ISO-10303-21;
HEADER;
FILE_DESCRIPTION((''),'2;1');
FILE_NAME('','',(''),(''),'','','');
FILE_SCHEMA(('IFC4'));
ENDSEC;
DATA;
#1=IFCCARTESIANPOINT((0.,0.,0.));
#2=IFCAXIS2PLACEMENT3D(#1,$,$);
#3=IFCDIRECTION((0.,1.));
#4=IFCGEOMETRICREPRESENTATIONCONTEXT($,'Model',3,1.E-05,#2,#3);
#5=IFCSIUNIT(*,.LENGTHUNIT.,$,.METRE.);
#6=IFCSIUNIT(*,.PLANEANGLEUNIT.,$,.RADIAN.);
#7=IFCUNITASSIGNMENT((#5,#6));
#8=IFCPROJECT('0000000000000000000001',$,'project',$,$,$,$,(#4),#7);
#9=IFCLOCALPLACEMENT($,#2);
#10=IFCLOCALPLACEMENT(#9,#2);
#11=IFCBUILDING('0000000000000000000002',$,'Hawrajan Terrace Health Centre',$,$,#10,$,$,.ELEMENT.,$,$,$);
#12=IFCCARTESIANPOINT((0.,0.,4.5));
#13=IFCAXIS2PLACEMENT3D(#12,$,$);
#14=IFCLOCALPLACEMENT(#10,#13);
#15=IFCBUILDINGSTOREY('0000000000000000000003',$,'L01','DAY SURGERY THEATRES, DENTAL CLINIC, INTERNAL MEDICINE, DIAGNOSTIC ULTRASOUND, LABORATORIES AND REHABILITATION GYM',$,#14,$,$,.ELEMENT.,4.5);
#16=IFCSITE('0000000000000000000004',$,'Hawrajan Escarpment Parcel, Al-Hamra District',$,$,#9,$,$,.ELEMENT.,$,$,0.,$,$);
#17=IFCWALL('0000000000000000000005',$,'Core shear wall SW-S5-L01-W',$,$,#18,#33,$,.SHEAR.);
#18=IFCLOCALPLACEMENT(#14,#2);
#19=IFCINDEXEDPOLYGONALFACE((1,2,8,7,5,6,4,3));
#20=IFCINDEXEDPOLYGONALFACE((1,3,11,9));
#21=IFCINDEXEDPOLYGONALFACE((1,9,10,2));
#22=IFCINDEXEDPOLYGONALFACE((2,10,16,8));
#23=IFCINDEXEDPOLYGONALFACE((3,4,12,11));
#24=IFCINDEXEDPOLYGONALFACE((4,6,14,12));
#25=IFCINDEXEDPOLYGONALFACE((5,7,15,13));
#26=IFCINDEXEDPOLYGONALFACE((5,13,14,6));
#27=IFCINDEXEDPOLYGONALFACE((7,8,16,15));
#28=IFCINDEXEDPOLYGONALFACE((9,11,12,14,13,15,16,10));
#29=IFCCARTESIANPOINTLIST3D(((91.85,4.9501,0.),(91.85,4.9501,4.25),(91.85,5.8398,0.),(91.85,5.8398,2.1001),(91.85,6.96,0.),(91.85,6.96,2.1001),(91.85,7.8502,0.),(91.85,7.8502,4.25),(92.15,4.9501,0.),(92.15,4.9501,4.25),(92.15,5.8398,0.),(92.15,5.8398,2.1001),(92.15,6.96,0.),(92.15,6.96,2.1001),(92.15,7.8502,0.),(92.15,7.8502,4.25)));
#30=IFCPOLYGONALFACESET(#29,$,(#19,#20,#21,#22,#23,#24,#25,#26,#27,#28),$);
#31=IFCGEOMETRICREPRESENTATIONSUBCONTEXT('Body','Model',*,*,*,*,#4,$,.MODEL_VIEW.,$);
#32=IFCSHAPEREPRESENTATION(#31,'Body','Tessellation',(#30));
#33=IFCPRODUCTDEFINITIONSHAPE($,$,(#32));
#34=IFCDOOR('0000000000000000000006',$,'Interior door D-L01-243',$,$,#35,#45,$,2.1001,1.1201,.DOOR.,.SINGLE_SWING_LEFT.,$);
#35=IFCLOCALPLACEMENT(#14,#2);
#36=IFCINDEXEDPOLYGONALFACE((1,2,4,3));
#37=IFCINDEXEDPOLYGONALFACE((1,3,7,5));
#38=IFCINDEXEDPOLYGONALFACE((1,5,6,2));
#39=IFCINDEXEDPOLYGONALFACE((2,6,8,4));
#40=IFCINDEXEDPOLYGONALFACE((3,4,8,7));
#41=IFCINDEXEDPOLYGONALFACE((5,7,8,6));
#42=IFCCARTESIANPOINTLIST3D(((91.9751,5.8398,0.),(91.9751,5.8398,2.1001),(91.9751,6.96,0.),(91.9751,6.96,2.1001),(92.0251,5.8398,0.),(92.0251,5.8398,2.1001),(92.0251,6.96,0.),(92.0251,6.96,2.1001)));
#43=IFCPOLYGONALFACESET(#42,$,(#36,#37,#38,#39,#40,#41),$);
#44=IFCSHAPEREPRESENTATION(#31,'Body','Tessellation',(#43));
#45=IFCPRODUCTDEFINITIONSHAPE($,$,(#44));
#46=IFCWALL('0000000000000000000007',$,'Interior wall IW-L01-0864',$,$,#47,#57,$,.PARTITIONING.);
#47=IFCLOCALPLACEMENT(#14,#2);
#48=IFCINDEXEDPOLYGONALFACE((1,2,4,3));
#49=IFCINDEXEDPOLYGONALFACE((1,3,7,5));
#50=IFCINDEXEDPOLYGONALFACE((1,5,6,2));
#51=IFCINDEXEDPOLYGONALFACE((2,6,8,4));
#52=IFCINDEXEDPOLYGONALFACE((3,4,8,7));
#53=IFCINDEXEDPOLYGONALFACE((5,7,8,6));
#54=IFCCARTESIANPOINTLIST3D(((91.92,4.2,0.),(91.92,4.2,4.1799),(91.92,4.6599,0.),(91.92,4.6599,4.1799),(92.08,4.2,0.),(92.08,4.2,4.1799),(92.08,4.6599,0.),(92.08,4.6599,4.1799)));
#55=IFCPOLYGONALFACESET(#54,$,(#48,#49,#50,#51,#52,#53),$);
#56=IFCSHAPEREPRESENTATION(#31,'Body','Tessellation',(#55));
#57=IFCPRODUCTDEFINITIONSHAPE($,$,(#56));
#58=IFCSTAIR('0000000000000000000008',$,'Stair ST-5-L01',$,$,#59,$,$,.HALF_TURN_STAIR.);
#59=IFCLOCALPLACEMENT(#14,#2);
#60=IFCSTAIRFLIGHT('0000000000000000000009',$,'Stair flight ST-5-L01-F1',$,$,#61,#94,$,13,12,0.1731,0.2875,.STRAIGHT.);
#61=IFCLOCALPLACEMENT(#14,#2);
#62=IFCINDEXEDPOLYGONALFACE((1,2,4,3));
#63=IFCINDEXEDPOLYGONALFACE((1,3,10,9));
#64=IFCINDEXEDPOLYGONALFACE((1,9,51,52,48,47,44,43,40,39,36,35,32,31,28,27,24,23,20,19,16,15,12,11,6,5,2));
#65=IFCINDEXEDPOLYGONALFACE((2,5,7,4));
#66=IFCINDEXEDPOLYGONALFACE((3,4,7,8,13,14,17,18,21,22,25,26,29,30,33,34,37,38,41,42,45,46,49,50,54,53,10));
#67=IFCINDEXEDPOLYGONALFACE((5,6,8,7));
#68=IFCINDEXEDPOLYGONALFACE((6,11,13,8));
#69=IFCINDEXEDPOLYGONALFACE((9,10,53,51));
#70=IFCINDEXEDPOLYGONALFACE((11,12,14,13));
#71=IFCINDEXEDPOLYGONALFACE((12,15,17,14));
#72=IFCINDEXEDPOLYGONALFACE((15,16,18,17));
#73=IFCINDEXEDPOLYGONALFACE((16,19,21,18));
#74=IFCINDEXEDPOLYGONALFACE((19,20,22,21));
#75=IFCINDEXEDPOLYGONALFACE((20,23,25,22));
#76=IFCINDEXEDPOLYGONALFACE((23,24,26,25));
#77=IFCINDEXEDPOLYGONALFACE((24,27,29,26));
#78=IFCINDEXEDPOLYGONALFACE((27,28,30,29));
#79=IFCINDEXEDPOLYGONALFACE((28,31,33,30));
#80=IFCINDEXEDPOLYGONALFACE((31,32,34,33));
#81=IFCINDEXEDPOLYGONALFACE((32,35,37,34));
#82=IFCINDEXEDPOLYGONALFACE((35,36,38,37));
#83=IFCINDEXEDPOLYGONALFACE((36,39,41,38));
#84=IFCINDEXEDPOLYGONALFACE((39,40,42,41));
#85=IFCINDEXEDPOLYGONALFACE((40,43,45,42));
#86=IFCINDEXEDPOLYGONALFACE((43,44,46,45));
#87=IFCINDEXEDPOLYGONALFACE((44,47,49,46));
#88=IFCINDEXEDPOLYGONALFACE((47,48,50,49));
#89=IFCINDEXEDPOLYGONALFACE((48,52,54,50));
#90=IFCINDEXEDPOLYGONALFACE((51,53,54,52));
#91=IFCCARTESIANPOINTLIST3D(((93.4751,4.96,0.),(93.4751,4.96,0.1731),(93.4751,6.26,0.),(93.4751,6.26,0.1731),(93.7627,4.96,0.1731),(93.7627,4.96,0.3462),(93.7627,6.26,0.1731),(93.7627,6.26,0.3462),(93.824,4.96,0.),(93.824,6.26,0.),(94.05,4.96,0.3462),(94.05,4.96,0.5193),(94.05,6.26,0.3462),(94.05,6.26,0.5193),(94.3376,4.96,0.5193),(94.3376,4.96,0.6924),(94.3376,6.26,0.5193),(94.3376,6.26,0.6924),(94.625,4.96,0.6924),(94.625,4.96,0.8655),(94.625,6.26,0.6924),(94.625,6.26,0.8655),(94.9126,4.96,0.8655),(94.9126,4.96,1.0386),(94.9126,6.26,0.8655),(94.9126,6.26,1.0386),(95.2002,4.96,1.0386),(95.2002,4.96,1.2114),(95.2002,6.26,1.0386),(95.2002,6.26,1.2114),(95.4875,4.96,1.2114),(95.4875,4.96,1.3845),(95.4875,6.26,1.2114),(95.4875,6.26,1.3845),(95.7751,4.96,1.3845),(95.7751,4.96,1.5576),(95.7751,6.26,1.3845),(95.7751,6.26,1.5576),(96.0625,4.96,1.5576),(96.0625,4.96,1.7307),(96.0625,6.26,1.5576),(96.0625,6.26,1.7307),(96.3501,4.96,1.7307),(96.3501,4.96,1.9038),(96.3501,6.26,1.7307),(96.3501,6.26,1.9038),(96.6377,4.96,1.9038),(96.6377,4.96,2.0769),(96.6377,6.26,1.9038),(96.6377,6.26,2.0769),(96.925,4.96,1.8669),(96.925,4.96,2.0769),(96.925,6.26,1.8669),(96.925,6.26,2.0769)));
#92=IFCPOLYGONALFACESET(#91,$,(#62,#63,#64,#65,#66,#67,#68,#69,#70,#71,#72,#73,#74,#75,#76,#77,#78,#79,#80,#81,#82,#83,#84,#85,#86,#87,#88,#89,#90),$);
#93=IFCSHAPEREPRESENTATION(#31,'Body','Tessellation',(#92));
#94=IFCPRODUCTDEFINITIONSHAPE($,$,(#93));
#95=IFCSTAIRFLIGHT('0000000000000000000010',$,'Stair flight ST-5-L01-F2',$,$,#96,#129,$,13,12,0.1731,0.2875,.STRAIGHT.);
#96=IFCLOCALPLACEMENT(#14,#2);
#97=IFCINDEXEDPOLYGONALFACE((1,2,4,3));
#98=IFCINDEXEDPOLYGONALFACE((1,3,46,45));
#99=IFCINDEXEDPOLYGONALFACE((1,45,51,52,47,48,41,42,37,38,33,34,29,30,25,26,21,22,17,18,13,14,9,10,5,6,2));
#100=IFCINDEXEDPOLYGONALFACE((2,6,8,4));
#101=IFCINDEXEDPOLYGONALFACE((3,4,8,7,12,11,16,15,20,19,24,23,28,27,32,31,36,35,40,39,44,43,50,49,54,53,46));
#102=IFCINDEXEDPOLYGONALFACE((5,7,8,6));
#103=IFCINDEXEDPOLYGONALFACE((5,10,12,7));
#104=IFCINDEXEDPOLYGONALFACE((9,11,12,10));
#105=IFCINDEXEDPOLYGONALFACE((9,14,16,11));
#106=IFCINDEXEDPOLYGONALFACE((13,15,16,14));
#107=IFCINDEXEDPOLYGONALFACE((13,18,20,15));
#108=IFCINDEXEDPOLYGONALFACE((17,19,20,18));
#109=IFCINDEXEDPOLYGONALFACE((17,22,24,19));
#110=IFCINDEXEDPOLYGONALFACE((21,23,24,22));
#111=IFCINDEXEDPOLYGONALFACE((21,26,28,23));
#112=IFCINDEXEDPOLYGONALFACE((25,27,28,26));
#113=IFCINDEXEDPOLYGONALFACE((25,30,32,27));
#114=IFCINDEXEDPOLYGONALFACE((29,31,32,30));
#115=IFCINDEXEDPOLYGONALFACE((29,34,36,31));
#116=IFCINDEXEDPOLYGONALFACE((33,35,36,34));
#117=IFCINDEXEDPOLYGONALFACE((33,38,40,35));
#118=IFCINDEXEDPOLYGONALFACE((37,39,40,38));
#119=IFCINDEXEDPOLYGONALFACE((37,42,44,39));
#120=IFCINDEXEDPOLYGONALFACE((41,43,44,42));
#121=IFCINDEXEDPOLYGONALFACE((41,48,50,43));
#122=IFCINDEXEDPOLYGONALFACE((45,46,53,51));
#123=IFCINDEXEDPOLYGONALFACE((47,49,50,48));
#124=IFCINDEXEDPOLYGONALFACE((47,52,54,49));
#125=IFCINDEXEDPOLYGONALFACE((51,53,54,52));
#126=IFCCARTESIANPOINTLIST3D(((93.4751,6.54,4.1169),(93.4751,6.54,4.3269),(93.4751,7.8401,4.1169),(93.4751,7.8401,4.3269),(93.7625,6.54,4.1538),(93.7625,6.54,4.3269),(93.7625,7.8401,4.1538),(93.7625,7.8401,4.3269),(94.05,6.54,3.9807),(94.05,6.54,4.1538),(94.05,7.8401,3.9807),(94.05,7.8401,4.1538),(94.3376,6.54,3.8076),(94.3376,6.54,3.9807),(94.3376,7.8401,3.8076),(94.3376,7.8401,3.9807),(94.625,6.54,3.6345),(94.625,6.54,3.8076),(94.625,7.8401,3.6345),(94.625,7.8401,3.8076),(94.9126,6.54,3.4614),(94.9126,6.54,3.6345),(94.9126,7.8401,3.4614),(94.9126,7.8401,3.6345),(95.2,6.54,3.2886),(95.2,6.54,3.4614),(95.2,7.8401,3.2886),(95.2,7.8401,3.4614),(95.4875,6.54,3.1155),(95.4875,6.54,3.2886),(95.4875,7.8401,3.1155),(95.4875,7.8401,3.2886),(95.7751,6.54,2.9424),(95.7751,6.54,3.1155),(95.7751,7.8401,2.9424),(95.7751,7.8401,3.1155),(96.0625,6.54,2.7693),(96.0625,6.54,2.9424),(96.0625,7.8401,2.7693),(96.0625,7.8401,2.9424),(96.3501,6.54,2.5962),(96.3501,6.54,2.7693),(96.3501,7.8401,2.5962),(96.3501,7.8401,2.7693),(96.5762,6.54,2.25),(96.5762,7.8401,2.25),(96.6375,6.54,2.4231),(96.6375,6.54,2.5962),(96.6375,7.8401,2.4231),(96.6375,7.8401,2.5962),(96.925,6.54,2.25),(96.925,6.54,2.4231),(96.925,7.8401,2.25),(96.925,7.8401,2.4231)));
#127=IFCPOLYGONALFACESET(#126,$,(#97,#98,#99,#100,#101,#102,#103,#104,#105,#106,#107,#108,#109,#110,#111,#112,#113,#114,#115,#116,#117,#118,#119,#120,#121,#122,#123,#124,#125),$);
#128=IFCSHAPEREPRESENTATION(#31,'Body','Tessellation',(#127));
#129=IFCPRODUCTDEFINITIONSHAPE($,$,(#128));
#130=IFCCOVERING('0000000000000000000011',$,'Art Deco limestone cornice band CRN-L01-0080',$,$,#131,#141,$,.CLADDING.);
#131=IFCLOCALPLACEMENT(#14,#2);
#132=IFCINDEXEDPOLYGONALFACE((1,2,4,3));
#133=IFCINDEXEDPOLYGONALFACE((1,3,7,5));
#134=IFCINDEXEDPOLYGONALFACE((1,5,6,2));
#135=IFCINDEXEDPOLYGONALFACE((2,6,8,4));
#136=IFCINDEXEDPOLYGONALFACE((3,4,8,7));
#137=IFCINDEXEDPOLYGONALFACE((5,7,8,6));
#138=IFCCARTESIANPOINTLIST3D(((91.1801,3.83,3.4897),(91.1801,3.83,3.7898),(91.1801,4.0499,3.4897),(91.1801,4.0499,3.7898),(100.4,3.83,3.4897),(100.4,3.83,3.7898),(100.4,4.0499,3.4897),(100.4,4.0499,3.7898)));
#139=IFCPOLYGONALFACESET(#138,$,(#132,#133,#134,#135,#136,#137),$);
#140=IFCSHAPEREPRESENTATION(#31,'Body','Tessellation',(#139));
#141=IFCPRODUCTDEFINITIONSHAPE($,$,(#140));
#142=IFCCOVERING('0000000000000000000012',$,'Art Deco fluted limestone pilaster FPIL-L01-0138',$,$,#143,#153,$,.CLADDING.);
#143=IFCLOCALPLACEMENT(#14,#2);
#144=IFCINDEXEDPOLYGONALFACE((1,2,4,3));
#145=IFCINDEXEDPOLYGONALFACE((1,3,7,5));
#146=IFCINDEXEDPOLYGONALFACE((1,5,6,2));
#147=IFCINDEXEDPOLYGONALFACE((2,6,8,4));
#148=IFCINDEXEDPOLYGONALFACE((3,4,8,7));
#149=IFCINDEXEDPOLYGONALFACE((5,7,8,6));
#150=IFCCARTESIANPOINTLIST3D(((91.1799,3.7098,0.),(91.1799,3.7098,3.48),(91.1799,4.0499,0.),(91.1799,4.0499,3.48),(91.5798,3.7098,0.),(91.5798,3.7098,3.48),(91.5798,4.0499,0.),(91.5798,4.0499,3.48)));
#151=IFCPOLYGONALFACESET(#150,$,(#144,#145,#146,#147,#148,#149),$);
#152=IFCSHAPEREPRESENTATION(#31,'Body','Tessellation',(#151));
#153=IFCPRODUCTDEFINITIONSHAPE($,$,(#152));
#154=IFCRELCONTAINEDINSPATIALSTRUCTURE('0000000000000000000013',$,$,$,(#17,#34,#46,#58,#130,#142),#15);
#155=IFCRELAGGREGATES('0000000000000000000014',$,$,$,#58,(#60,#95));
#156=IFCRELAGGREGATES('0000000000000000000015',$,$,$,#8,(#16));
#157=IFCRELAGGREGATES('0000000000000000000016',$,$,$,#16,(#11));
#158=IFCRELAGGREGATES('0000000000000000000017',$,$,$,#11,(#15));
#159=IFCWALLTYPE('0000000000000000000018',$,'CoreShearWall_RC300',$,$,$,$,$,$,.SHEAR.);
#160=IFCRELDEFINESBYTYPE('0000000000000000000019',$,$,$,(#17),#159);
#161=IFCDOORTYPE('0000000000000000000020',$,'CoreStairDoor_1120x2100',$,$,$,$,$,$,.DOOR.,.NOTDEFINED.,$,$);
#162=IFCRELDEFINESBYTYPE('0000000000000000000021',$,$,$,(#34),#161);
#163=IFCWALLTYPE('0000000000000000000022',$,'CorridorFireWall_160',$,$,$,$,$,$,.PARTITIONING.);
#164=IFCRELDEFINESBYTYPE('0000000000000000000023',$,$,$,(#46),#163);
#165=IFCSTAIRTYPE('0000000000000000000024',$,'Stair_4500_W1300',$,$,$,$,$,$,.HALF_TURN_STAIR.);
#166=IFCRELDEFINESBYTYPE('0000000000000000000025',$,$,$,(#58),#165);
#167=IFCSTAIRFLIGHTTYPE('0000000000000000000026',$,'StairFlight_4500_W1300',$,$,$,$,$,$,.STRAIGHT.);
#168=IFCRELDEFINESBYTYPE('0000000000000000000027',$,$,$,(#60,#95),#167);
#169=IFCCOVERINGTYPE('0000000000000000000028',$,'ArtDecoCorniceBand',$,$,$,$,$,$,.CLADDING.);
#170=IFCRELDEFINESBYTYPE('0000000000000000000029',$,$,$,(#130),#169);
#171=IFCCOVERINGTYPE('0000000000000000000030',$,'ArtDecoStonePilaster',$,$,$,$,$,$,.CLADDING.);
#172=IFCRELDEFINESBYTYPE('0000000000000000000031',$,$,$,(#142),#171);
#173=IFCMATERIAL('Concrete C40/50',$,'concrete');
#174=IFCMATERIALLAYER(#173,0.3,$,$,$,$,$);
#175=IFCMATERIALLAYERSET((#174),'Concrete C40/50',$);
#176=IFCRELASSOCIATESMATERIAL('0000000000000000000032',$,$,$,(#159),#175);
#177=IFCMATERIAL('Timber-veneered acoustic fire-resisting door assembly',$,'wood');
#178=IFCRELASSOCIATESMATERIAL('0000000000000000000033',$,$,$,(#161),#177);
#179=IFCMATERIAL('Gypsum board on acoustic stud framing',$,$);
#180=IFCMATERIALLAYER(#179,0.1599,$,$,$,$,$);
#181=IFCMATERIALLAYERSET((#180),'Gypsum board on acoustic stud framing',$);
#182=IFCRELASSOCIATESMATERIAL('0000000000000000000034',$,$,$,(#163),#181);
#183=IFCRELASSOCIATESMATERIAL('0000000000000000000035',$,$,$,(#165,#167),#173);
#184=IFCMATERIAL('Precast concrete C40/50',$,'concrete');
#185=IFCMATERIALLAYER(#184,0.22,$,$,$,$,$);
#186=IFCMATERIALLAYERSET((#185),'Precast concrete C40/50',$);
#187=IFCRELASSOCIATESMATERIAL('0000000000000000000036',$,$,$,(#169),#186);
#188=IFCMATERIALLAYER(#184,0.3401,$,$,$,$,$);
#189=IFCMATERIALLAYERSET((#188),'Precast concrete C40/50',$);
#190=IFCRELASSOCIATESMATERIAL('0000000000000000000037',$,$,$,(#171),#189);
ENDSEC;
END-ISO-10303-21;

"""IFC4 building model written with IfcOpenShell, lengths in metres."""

from ifc_helpers import new_model, si_unit, direction, frame, frame_2d, origin, origin_2d, place, context, subcontext, project, spatial, polyline, rectangle, outline, extrude, material, layer, layer_set, type_object, element, fill, aggregate, save


model = new_model("IFC4")

# Units and contexts
model_context = context("Model", 3, precision=1e-05, world=origin(), true_north=direction((0.0, 1.0)))
body_context = subcontext(model_context, "Body", "Model", "MODEL_VIEW")
ifc_project = project(units=[si_unit("LENGTHUNIT", "METRE"), si_unit("PLANEANGLEUNIT", "RADIAN")], contexts=[model_context])

# Site, building, storey
site_placement = place(None, origin())
site = spatial("IfcSite", under=ifc_project, at=site_placement, Name="Hawrajan Escarpment Parcel, Al-Hamra District", CompositionType="ELEMENT", RefElevation=0.0)
building_placement = place(site_placement, origin())
building = spatial("IfcBuilding", under=site, at=building_placement, Name="Hawrajan Terrace Health Centre", CompositionType="ELEMENT")
storey_placement = place(building_placement, frame((0.0, 0.0, 4.5)))
storey = spatial("IfcBuildingStorey", under=building, at=storey_placement, Name="L01", Description="DAY SURGERY THEATRES, DENTAL CLINIC, INTERNAL MEDICINE, DIAGNOSTIC ULTRASOUND, LABORATORIES AND REHABILITATION GYM", CompositionType="ELEMENT", Elevation=4.5)

# Shared definitions
ifc_material_1 = material(Name="Concrete C40/50", Category="concrete")

# Shared definitions
ifc_material_2 = material(Name="Gypsum board on acoustic stud framing")

# Shared definitions
ifc_material_3 = material(Name="Precast concrete C40/50", Category="concrete")
ifc_layer_1 = layer(ifc_material_1, 0.3)
ifc_layer_set_1 = layer_set([ifc_layer_1], Name="Concrete C40/50")
wall_type_1 = type_object("IfcWallType", Name="CoreShearWall_RC300", PredefinedType="SHEAR", material=ifc_layer_set_1)

# Wall, opening, door
wall_1_placement = place(storey_placement, frame((92.0, 4.95, 0.0), z_axis=(0.0, 0.0, 1.0), x_axis=(0.0, 1.0, 0.0)))
wall_1 = element("IfcWall", 1, at=wall_1_placement, inside=storey, type_object=wall_type_1, Name="Core shear wall SW-S5-L01-W", PredefinedType="SHEAR", context=body_context, shape_type="SweptSolid", body=[
    extrude(rectangle(XDim=2.9001, YDim=0.3, at=frame_2d((1.4502, 0.0))), origin(), (0.0, 0.0, 1.0), 4.25),
])
opening_1_placement = place(wall_1_placement, frame((0.8899, 0.0, 0.0)))
opening_1 = element("IfcOpeningElement", 2, at=opening_1_placement, cuts=wall_1, PredefinedType="OPENING", context=body_context, shape_type="SweptSolid", body=[
    extrude(rectangle(XDim=1.1201, YDim=2.1001, at=frame_2d((0.5601, 1.05))), frame((0.0, 0.1599, 0.0), z_axis=(0.0, -1.0, 0.0), x_axis=(1.0, 0.0, 0.0)), (0.0, 0.0, 1.0), 0.3201),
])
ifc_material_4 = material(Name="Timber-veneered acoustic fire-resisting door assembly", Category="wood")
door_type_1 = type_object("IfcDoorType", Name="CoreStairDoor_1120x2100", OperationType="NOTDEFINED", PredefinedType="DOOR", material=ifc_material_4)
door_1_placement = place(opening_1_placement, origin())
door_1 = element("IfcDoor", 3, at=door_1_placement, inside=storey, type_object=door_type_1, Name="Interior door D-L01-243", OperationType="SINGLE_SWING_LEFT", OverallHeight=2.1001, OverallWidth=1.1201, PredefinedType="DOOR", context=body_context, shape_type="SweptSolid", body=[
    extrude(rectangle(XDim=1.1201, YDim=2.1001, at=frame_2d((0.5601, 1.05))), frame((0.0, 0.0249, 0.0), z_axis=(0.0, -1.0, 0.0), x_axis=(1.0, 0.0, 0.0)), (0.0, 0.0, 1.0), 0.05),
])
fill(opening_1, door_1)

# Wall
ifc_layer_2 = layer(ifc_material_2, 0.1599)
ifc_layer_set_2 = layer_set([ifc_layer_2], Name="Gypsum board on acoustic stud framing")
wall_type_2 = type_object("IfcWallType", Name="CorridorFireWall_160", PredefinedType="PARTITIONING", material=ifc_layer_set_2)
wall_2_placement = place(storey_placement, frame((92.0, 4.2, 0.0), z_axis=(0.0, 0.0, 1.0), x_axis=(0.0, 1.0, 0.0)))
element("IfcWall", 4, at=wall_2_placement, inside=storey, type_object=wall_type_2, Name="Interior wall IW-L01-0864", PredefinedType="PARTITIONING", context=body_context, shape_type="SweptSolid", body=[
    extrude(rectangle(XDim=0.46, YDim=0.1599, at=frame_2d((0.23, 0.0))), origin(), (0.0, 0.0, 1.0), 4.1799),
])

# Stair, stair flights
stair_type = type_object("IfcStairType", Name="Stair_4500_W1300", PredefinedType="HALF_TURN_STAIR", material=ifc_material_1)
stair_placement = place(storey_placement, origin())
stair = element("IfcStair", 5, at=stair_placement, inside=storey, type_object=stair_type, Name="Stair ST-5-L01", PredefinedType="HALF_TURN_STAIR")
stair_flight_type = type_object("IfcStairFlightType", Name="StairFlight_4500_W1300", PredefinedType="STRAIGHT", material=ifc_material_1)
stair_flight_1_placement = place(storey_placement, frame((93.4751, 5.6101, 0.0), z_axis=(0.0, 0.0, 1.0), x_axis=(1.0, 0.0, 0.0)))
stair_flight_1 = element("IfcStairFlight", 6, at=stair_flight_1_placement, type_object=stair_flight_type, Name="Stair flight ST-5-L01-F1", NumberOfRisers=13, NumberOfTreads=12, PredefinedType="STRAIGHT", RiserHeight=0.1731, TreadLength=0.2875, context=body_context, shape_type="SweptSolid", body=[
    extrude(outline(polyline([(0.0, 0.0), (0.0, 0.1731), (0.2876, 0.1731), (0.2876, 0.3462), (0.575, 0.3462), (0.575, 0.5193), (0.8625, 0.5193), (0.8625, 0.6924), (1.1499, 0.6924), (1.1499, 0.8655), (1.4375, 0.8655), (1.4375, 1.0386), (1.7251, 1.0386), (1.7251, 1.2114), (2.0125, 1.2114), (2.0125, 1.3845), (2.3, 1.3845), (2.3, 1.5576), (2.5874, 1.5576), (2.5874, 1.7307), (2.875, 1.7307), (2.875, 1.9038), (3.1626, 1.9038), (3.1626, 2.0769), (3.45, 2.0769), (3.45, 2.25), (3.45, 1.8669), (0.3489, 0.0), (0.0, 0.0)])), frame((0.0, 0.6499, 0.0), z_axis=(0.0, -1.0, 0.0), x_axis=(1.0, 0.0, 0.0)), (0.0, 0.0, 1.0), 1.3),
])
stair_flight_2_placement = place(storey_placement, frame((96.925, 7.1899, 2.25), z_axis=(0.0, 0.0, 1.0), x_axis=(-1.0, 0.0, 0.0)))
stair_flight_2 = element("IfcStairFlight", 7, at=stair_flight_2_placement, type_object=stair_flight_type, Name="Stair flight ST-5-L01-F2", NumberOfRisers=13, NumberOfTreads=12, PredefinedType="STRAIGHT", RiserHeight=0.1731, TreadLength=0.2875, context=body_context, shape_type="SweptSolid", body=[
    extrude(outline(polyline([(0.0, 0.0), (0.0, 0.1731), (0.2876, 0.1731), (0.2876, 0.3462), (0.575, 0.3462), (0.575, 0.5193), (0.8625, 0.5193), (0.8625, 0.6924), (1.1499, 0.6924), (1.1499, 0.8655), (1.4375, 0.8655), (1.4375, 1.0386), (1.7251, 1.0386), (1.7251, 1.2114), (2.0125, 1.2114), (2.0125, 1.3845), (2.3, 1.3845), (2.3, 1.5576), (2.5874, 1.5576), (2.5874, 1.7307), (2.875, 1.7307), (2.875, 1.9038), (3.1626, 1.9038), (3.1626, 2.0769), (3.45, 2.0769), (3.45, 2.25), (3.45, 1.8669), (0.3489, 0.0), (0.0, 0.0)])), frame((0.0, 0.6499, 0.0), z_axis=(0.0, -1.0, 0.0), x_axis=(1.0, 0.0, 0.0)), (0.0, 0.0, 1.0), 1.3),
])
aggregate(stair, [stair_flight_1, stair_flight_2])

# Coverings
ifc_layer_3 = layer(ifc_material_3, 0.22)
ifc_layer_set_3 = layer_set([ifc_layer_3], Name="Precast concrete C40/50")
covering_type_1 = type_object("IfcCoveringType", Name="ArtDecoCorniceBand", PredefinedType="CLADDING", material=ifc_layer_set_3)
covering_1_placement = place(storey_placement, frame((95.79, 3.9399, 3.4897), z_axis=(0.0, 0.0, 1.0), x_axis=(1.0, 0.0, 0.0)))
element("IfcCovering", 8, at=covering_1_placement, inside=storey, type_object=covering_type_1, Name="Art Deco limestone cornice band CRN-L01-0080", PredefinedType="CLADDING", context=body_context, shape_type="SweptSolid", body=[
    extrude(rectangle(XDim=9.22, YDim=0.22, at=origin_2d()), origin(), (0.0, 0.0, 1.0), 0.3),
])
ifc_layer_4 = layer(ifc_material_3, 0.3401)
ifc_layer_set_4 = layer_set([ifc_layer_4], Name="Precast concrete C40/50")
covering_type_2 = type_object("IfcCoveringType", Name="ArtDecoStonePilaster", PredefinedType="CLADDING", material=ifc_layer_set_4)
covering_2_placement = place(storey_placement, frame((91.3799, 3.8799, 0.0), z_axis=(0.0, 0.0, 1.0), x_axis=(1.0, 0.0, 0.0)))
element("IfcCovering", 9, at=covering_2_placement, inside=storey, type_object=covering_type_2, Name="Art Deco fluted limestone pilaster FPIL-L01-0138", PredefinedType="CLADDING", context=body_context, shape_type="SweptSolid", body=[
    extrude(rectangle(XDim=0.3999, YDim=0.3401, at=origin_2d()), origin(), (0.0, 0.0, 1.0), 3.48),
])

save(model, "model.ifc")
